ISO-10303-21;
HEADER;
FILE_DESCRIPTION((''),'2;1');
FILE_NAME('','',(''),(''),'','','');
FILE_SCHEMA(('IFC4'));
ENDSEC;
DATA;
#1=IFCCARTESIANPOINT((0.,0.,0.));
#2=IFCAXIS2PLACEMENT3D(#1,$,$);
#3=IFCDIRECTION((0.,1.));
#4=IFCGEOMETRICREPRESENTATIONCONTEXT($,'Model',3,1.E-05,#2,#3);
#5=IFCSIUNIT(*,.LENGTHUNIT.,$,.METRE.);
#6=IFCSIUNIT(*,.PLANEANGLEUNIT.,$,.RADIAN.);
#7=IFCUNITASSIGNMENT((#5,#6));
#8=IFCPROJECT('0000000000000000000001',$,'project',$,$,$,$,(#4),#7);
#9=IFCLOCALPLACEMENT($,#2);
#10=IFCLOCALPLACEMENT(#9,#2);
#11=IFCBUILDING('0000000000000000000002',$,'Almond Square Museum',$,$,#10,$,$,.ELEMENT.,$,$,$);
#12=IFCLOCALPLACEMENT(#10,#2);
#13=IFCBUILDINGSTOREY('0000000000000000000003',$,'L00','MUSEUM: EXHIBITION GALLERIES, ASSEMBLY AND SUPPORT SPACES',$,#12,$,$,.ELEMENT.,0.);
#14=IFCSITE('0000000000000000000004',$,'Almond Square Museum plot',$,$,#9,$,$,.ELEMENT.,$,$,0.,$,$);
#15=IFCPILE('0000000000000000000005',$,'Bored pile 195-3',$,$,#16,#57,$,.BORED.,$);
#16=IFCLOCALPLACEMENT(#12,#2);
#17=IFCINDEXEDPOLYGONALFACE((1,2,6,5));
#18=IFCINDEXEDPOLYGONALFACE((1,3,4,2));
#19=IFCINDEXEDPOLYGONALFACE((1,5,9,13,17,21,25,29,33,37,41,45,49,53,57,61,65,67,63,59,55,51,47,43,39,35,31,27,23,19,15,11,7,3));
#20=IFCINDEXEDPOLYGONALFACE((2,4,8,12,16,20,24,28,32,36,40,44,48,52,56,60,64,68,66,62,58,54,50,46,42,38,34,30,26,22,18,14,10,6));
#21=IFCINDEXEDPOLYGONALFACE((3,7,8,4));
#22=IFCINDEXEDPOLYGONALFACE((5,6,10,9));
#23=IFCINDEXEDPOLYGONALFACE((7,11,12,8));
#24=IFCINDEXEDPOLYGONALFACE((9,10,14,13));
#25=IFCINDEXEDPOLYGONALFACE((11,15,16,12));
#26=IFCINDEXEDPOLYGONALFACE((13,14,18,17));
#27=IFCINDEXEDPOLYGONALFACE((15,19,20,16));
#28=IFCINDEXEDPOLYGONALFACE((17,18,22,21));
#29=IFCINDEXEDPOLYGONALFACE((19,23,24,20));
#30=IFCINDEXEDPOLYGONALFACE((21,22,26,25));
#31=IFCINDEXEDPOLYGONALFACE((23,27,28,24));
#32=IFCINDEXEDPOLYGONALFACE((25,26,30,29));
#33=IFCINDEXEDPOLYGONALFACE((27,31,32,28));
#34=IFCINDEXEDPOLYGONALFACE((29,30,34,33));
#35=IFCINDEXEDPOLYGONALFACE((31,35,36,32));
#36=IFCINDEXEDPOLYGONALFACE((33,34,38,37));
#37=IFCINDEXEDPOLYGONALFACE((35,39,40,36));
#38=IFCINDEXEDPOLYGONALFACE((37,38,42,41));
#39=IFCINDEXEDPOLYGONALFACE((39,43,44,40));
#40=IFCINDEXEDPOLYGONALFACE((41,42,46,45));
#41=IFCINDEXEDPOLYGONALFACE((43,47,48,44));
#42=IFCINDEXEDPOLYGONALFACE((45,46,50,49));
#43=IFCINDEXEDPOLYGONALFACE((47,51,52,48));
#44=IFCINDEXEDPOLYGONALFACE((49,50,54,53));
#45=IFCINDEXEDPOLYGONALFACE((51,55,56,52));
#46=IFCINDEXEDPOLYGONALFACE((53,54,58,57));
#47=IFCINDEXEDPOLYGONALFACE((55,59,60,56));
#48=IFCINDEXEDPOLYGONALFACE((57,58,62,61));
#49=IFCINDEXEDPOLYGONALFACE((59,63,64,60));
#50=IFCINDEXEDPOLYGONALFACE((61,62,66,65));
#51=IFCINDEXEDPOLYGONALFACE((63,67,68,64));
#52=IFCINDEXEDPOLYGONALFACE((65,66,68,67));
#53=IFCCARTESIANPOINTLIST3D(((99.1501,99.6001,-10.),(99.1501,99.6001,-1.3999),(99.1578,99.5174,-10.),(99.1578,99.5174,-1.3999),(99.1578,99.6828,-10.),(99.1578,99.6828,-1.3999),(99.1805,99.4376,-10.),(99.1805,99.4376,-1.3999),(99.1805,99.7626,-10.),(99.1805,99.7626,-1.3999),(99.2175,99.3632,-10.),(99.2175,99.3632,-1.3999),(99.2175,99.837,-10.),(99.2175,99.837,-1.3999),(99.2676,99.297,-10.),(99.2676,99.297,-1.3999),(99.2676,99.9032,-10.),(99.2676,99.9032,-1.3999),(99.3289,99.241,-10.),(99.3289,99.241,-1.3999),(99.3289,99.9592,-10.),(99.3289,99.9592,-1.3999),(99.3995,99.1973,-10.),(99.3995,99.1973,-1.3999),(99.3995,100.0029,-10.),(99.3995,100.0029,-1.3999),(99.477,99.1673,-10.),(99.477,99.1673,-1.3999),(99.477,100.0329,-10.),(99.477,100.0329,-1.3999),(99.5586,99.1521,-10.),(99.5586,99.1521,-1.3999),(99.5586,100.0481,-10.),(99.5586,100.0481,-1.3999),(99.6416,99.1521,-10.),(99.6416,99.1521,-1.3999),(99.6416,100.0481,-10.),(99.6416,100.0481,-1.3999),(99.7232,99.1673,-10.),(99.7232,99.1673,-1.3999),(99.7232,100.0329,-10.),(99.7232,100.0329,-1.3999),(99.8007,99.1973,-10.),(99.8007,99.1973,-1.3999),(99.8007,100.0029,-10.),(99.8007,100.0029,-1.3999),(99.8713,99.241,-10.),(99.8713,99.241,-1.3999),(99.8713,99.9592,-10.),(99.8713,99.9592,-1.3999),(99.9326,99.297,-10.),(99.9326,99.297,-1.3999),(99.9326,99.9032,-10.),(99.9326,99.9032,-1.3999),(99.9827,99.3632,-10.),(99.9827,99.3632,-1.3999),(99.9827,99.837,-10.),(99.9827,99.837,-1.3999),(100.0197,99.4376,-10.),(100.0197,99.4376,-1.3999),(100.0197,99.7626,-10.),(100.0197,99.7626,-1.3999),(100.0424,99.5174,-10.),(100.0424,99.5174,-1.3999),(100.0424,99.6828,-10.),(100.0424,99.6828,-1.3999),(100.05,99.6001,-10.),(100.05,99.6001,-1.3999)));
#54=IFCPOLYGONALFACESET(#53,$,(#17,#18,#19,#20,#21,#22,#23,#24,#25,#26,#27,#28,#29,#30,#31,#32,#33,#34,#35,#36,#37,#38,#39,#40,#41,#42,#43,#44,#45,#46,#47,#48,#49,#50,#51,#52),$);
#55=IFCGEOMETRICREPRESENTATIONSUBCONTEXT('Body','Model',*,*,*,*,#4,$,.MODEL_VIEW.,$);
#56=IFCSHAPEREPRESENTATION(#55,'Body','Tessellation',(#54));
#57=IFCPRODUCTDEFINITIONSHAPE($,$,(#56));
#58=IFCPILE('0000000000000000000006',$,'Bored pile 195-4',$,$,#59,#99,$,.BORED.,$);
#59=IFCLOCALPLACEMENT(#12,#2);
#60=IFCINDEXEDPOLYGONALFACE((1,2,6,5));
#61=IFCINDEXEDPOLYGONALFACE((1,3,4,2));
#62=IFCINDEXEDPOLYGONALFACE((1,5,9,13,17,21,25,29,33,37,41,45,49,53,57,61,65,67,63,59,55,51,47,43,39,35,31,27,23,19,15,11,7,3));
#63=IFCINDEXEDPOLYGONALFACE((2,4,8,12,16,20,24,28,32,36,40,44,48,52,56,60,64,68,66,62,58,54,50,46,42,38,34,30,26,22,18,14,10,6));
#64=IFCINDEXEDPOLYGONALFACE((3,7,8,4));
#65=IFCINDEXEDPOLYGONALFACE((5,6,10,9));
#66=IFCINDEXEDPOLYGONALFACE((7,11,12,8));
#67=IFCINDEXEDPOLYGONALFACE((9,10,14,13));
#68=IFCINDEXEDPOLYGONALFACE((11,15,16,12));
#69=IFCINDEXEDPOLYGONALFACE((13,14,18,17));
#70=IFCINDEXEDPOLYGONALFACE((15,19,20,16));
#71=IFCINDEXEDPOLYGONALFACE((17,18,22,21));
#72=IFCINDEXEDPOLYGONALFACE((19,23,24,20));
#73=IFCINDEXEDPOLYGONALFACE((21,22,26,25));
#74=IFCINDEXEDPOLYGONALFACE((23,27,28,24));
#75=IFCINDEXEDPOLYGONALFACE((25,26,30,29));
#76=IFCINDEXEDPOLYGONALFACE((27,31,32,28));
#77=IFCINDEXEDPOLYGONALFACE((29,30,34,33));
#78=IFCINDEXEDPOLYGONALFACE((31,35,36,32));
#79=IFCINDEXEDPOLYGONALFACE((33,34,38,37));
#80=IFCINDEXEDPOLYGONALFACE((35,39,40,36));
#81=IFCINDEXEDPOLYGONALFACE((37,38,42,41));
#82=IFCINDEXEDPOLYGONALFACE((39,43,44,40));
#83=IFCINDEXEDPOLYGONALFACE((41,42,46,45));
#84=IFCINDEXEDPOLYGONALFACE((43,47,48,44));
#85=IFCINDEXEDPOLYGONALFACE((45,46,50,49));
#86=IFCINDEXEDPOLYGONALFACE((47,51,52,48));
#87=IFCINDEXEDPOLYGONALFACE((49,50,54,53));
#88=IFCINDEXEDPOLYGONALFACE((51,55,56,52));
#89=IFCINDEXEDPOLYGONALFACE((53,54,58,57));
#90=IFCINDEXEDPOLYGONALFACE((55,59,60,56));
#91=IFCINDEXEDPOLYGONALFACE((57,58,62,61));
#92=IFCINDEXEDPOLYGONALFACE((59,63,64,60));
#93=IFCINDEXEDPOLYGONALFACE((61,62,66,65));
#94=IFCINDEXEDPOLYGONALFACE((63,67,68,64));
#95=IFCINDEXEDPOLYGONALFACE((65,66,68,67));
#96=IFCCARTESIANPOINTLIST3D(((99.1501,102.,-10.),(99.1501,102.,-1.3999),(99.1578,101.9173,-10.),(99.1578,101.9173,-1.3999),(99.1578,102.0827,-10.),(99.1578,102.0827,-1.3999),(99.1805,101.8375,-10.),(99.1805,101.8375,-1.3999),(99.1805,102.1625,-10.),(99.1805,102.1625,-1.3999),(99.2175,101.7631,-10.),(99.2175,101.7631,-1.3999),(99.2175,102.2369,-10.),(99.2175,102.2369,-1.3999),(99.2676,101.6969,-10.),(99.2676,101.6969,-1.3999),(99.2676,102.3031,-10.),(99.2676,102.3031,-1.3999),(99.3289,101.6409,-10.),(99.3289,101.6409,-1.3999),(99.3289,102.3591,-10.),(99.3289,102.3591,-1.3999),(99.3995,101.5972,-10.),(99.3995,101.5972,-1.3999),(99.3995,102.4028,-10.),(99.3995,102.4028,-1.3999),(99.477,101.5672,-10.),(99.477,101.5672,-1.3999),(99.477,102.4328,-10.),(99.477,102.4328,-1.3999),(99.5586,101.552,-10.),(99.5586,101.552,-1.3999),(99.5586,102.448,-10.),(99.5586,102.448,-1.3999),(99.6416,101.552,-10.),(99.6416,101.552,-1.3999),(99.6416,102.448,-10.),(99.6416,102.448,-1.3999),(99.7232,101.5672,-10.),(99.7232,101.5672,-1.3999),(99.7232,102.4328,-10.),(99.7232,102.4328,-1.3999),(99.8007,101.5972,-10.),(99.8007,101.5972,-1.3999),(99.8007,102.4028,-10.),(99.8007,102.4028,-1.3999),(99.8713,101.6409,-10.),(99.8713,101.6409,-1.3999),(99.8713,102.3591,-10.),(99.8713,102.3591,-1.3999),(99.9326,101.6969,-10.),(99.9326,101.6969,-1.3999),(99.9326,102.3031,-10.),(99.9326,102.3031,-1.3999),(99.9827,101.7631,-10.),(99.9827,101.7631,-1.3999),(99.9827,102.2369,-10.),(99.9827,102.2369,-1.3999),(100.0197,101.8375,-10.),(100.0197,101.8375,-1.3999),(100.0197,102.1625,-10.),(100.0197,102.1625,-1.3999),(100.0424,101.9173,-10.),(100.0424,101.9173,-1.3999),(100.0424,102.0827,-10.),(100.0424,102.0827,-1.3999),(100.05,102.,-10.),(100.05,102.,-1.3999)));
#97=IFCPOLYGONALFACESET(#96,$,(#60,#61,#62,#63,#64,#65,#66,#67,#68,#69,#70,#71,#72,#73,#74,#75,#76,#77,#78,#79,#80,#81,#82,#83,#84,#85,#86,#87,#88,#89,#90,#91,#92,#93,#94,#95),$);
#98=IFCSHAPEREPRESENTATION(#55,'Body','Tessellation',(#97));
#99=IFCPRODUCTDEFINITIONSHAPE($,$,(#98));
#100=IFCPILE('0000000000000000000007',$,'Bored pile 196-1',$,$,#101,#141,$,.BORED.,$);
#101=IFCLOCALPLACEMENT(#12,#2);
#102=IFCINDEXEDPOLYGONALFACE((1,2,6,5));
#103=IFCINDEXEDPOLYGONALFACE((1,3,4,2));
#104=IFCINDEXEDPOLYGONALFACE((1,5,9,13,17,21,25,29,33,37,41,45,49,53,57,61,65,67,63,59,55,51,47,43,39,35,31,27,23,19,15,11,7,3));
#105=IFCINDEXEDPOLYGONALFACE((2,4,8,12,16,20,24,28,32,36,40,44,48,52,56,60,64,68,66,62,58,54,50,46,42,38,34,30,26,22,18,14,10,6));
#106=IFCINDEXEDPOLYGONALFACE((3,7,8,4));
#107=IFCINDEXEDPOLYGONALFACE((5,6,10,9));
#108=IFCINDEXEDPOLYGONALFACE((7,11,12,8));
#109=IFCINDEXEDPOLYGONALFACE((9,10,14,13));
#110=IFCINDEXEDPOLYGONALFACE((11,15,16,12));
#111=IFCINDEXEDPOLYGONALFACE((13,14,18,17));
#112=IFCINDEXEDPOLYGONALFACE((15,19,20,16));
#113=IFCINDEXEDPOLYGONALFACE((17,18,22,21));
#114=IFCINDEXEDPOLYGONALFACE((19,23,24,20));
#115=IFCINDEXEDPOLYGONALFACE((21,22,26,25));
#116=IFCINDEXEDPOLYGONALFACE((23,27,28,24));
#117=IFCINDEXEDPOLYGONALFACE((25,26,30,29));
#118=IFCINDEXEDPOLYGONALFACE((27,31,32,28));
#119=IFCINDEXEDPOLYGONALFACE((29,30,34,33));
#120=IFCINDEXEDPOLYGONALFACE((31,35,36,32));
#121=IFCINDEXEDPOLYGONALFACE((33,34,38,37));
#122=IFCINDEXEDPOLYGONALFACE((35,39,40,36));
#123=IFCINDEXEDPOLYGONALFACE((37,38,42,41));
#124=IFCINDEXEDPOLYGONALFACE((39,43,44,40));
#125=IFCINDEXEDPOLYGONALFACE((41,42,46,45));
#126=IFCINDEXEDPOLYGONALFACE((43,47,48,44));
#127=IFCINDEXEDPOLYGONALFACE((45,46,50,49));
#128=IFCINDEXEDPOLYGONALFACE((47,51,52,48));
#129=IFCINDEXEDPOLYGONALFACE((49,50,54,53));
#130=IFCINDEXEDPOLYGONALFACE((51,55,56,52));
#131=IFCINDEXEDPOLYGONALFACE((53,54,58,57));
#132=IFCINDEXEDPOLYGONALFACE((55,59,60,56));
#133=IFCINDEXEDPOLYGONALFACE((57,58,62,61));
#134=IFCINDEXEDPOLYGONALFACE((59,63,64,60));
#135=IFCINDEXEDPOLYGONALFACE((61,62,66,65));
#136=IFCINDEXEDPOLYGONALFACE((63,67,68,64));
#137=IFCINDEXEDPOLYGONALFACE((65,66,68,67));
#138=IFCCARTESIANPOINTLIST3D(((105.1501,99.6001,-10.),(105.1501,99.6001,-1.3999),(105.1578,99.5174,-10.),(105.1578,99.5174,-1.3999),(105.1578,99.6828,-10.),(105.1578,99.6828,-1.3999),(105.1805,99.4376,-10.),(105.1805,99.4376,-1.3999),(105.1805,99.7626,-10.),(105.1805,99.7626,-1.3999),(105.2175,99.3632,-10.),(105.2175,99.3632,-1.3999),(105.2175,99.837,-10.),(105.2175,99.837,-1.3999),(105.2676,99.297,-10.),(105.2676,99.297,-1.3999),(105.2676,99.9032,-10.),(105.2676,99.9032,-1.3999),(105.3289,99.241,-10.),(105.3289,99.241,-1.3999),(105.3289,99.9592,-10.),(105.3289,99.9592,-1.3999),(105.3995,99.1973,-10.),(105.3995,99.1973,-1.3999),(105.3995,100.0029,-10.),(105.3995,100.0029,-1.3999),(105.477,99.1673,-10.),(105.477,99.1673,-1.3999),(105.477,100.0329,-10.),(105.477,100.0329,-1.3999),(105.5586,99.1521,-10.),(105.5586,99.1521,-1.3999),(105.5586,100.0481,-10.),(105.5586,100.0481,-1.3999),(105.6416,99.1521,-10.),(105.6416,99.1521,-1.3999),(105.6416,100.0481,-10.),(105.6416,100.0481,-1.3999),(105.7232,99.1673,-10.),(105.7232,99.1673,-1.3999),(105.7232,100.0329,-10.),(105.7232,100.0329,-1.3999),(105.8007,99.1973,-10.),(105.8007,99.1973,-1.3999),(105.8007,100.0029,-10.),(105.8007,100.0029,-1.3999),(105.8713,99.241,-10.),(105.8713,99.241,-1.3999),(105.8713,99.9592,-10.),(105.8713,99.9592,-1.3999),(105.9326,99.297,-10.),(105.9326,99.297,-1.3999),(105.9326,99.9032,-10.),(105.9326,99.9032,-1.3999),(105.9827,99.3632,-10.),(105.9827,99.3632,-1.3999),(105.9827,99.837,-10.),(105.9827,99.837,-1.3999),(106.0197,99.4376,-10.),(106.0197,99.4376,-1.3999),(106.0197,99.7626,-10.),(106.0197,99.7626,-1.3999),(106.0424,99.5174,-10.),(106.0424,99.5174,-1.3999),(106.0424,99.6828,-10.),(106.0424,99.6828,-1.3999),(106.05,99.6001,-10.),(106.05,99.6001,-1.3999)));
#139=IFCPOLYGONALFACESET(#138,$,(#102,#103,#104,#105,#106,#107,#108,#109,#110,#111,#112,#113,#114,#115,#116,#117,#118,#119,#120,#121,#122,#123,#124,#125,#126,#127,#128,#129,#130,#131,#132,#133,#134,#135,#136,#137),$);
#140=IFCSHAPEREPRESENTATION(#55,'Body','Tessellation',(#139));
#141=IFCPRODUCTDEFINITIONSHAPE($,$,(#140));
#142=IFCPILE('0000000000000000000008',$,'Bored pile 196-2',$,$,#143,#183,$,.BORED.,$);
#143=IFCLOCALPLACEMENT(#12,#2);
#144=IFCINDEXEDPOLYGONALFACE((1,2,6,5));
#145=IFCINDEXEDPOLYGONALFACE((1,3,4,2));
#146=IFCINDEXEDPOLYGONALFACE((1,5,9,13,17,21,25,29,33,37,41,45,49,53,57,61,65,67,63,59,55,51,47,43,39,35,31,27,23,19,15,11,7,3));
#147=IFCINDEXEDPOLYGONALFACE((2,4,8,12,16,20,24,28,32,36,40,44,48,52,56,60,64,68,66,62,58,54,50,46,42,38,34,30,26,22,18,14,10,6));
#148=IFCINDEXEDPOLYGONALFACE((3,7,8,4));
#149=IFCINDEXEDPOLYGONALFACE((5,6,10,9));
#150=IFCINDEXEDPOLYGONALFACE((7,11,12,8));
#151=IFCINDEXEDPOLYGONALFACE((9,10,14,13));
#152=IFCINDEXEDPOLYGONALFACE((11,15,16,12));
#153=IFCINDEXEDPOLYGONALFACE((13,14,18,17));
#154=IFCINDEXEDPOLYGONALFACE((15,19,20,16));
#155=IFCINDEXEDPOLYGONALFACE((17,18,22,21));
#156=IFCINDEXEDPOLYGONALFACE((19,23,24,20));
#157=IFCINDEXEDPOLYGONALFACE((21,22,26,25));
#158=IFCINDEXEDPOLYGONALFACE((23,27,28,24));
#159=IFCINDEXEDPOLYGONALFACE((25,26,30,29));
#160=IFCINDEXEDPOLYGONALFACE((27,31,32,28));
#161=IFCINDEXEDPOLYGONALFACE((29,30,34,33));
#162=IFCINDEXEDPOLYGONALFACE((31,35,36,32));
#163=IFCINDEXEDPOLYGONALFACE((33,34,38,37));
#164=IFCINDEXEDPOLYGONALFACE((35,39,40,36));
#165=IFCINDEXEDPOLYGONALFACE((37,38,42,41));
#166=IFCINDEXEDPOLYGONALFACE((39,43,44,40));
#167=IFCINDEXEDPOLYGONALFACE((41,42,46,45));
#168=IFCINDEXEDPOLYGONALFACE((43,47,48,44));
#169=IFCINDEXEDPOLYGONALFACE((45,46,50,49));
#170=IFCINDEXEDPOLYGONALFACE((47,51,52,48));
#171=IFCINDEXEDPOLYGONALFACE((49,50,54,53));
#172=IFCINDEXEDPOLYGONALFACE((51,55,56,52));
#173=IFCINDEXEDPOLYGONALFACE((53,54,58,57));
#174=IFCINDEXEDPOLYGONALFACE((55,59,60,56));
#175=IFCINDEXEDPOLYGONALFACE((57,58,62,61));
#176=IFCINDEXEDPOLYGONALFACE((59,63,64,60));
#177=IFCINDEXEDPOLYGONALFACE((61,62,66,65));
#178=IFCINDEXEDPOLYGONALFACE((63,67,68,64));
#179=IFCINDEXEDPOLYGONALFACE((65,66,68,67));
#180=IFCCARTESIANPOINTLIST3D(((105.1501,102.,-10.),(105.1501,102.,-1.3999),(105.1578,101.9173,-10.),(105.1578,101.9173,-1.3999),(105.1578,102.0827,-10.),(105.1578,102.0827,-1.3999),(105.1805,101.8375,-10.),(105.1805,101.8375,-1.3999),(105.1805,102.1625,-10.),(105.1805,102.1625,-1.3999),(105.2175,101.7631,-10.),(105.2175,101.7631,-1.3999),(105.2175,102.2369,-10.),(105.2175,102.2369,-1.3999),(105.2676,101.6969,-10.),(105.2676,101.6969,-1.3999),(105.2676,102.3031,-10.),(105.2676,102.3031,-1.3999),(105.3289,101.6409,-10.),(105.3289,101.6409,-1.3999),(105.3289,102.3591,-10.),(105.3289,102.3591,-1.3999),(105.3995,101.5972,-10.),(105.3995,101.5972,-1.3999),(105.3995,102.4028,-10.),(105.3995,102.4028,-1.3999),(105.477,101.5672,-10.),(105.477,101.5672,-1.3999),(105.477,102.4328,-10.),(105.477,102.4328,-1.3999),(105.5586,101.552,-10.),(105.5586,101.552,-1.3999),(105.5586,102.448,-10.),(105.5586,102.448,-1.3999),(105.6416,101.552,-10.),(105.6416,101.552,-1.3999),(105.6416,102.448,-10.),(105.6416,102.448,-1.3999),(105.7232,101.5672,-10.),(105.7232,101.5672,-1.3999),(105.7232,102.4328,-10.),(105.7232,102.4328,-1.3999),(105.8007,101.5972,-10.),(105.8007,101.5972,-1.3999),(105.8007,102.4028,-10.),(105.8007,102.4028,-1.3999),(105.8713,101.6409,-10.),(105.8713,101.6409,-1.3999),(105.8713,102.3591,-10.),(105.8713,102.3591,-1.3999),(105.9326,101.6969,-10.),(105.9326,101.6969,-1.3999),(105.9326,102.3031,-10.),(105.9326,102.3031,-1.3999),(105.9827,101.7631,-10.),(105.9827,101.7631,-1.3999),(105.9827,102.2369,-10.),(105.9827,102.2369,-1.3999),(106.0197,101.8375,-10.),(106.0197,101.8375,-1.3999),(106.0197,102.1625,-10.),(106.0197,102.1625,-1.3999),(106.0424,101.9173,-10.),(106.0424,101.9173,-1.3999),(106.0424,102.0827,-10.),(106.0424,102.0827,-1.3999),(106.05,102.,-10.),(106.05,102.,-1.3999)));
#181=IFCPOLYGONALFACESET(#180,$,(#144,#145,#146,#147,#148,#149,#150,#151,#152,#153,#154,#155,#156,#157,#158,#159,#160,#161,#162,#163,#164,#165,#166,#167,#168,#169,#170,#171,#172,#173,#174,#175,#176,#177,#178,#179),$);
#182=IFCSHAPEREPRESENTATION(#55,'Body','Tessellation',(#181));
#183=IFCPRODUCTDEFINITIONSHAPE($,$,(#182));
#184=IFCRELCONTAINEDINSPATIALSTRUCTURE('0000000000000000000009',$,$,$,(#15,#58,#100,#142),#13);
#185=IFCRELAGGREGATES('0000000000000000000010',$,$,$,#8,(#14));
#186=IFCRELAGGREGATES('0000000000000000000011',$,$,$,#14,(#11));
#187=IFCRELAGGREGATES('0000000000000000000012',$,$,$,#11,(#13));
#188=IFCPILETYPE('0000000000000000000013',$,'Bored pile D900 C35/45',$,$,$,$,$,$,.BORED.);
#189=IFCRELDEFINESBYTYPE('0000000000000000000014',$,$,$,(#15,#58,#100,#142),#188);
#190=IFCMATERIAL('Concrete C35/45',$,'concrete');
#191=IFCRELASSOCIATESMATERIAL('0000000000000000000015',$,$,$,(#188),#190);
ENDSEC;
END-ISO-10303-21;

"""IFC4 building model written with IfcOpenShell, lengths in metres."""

from ifc_helpers import new_model, si_unit, direction, frame, origin, origin_2d, place, context, subcontext, project, spatial, circle, extrude, material, material_profile, profile_set, type_object, element, save


model = new_model("IFC4")

# Units and contexts
model_context = context("Model", 3, precision=1e-05, world=origin(), true_north=direction((0.0, 1.0)))
body_context = subcontext(model_context, "Body", "Model", "MODEL_VIEW")
ifc_project = project(units=[si_unit("LENGTHUNIT", "METRE"), si_unit("PLANEANGLEUNIT", "RADIAN")], contexts=[model_context])

# Site, building, storey
site_placement = place(None, origin())
site = spatial("IfcSite", under=ifc_project, at=site_placement, Name="Almond Square Museum plot", CompositionType="ELEMENT", RefElevation=0.0)
building_placement = place(site_placement, origin())
building = spatial("IfcBuilding", under=site, at=building_placement, Name="Almond Square Museum", CompositionType="ELEMENT")
storey_placement = place(building_placement, origin())
storey = spatial("IfcBuildingStorey", under=building, at=storey_placement, Name="L00", Description="MUSEUM: EXHIBITION GALLERIES, ASSEMBLY AND SUPPORT SPACES", CompositionType="ELEMENT", Elevation=0.0)

# Piles
ifc_material_1 = material(Name="Concrete C35/45", Category="concrete")
ifc_material_profile_1 = material_profile(ifc_material_1, circle(Radius=0.45, at=origin_2d()))
ifc_profile_set_1 = profile_set([ifc_material_profile_1], Name="Concrete C35/45")
pile_type = type_object("IfcPileType", Name="Bored pile D900 C35/45", PredefinedType="BORED", material=ifc_profile_set_1)
for number, where, z_axis, x_axis, name in (
    (1, (99.6001, 99.6001, -1.3999), (0.0, 0.0, -1.0), (1.0, 0.0, 0.0), "Bored pile 195-3"),
    (2, (99.6001, 102.0, -1.3999), (0.0, 0.0, -1.0), (1.0, 0.0, 0.0), "Bored pile 195-4"),
    (3, (105.6001, 99.6001, -1.3999), (0.0, 0.0, -1.0), (1.0, 0.0, 0.0), "Bored pile 196-1"),
    (4, (105.6001, 102.0, -1.3999), (0.0, 0.0, -1.0), (1.0, 0.0, 0.0), "Bored pile 196-2"),
):
    element("IfcPile", number, at=place(storey_placement, frame(where, z_axis=z_axis, x_axis=x_axis)), inside=storey, type_object=pile_type, Name=name, PredefinedType="BORED", context=body_context, shape_type="SweptSolid", body=[
        extrude(circle(Radius=0.45, at=origin_2d()), origin(), (0.0, 0.0, 1.0), 8.6001),
    ])

save(model, "model.ifc")
